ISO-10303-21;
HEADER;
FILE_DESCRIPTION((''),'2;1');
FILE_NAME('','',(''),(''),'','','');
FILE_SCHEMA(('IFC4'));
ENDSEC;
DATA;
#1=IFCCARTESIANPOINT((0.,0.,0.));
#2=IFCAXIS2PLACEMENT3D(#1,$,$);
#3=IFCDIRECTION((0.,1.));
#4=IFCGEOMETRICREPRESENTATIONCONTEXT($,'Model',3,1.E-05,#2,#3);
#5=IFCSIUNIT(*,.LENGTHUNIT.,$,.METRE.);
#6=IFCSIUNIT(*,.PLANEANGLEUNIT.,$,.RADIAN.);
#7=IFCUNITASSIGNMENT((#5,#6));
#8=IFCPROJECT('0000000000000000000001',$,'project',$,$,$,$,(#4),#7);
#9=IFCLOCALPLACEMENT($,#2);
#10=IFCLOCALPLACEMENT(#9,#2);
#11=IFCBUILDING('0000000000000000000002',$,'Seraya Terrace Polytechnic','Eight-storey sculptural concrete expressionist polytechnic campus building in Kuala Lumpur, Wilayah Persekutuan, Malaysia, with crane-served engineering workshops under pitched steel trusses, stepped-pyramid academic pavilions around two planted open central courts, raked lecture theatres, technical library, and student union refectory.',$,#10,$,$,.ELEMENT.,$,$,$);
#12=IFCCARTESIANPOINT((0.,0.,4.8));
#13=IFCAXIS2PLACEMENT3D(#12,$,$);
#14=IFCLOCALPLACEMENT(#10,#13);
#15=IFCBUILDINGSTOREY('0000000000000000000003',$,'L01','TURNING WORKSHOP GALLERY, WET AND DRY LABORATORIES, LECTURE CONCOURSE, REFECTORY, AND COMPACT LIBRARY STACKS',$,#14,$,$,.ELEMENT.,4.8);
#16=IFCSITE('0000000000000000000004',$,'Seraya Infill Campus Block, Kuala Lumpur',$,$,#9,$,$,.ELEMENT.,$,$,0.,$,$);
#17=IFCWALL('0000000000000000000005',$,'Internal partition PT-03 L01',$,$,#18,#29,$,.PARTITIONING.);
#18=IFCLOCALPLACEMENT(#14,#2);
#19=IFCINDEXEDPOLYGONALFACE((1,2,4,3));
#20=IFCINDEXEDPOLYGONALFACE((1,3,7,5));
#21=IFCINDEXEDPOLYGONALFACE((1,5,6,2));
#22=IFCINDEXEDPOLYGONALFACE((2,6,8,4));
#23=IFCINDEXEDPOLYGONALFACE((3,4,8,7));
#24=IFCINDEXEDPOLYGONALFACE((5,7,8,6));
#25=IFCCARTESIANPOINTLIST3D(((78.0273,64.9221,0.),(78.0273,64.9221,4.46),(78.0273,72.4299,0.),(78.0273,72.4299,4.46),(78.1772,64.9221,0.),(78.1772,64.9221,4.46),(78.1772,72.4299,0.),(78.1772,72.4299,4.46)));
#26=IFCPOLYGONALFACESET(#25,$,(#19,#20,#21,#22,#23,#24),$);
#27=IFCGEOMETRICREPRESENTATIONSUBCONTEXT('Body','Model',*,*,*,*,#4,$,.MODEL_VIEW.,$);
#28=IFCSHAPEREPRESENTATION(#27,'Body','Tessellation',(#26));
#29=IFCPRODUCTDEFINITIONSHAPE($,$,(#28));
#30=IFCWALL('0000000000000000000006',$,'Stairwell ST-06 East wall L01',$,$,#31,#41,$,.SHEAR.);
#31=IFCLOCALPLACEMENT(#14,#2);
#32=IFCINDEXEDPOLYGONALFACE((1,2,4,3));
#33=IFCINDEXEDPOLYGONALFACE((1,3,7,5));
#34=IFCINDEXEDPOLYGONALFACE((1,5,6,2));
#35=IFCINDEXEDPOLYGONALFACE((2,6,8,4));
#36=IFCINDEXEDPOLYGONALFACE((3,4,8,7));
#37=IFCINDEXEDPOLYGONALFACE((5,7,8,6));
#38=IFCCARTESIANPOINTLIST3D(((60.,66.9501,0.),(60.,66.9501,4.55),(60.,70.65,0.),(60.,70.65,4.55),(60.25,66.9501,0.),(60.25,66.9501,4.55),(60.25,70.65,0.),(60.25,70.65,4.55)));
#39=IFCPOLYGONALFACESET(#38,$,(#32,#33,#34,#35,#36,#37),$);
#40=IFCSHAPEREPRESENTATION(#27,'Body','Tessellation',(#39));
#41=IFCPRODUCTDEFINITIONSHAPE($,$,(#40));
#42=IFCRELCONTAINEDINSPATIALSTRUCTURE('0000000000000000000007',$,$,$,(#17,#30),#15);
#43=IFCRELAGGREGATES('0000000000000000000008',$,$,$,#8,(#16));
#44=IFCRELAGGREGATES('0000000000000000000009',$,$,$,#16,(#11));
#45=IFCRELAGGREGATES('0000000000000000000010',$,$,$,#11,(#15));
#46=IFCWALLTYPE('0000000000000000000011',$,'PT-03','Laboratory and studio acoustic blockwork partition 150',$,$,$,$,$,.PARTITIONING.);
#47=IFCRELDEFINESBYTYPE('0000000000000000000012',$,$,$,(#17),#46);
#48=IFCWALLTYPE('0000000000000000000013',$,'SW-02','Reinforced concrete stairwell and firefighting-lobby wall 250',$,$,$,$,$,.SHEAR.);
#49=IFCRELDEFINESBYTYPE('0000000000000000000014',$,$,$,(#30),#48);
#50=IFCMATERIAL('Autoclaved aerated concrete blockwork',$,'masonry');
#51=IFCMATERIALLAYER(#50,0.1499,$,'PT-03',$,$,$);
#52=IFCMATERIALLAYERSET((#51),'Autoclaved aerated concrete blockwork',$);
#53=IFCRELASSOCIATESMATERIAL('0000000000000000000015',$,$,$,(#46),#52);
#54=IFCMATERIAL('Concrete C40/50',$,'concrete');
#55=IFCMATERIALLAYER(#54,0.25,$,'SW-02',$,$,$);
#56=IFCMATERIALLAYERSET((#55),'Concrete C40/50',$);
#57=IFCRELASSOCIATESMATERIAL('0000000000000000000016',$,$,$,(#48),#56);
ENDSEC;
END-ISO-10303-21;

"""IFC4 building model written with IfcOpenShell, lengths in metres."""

from ifc_helpers import new_model, si_unit, direction, frame, frame_2d, origin, place, context, subcontext, project, spatial, rectangle, extrude, material, layer, layer_set, type_object, element, save


model = new_model("IFC4")

# Units and contexts
model_context = context("Model", 3, precision=1e-05, world=origin(), true_north=direction((0.0, 1.0)))
body_context = subcontext(model_context, "Body", "Model", "MODEL_VIEW")
ifc_project = project(units=[si_unit("LENGTHUNIT", "METRE"), si_unit("PLANEANGLEUNIT", "RADIAN")], contexts=[model_context])

# Site, building, storey
site_placement = place(None, origin())
site = spatial("IfcSite", under=ifc_project, at=site_placement, Name="Seraya Infill Campus Block, Kuala Lumpur", CompositionType="ELEMENT", RefElevation=0.0)
building_placement = place(site_placement, origin())
building = spatial("IfcBuilding", under=site, at=building_placement, Name="Seraya Terrace Polytechnic", Description="Eight-storey sculptural concrete expressionist polytechnic campus building in Kuala Lumpur, Wilayah Persekutuan, Malaysia, with crane-served engineering workshops under pitched steel trusses, stepped-pyramid academic pavilions around two planted open central courts, raked lecture theatres, technical library, and student union refectory.", CompositionType="ELEMENT")
storey_placement = place(building_placement, frame((0.0, 0.0, 4.8)))
storey = spatial("IfcBuildingStorey", under=building, at=storey_placement, Name="L01", Description="TURNING WORKSHOP GALLERY, WET AND DRY LABORATORIES, LECTURE CONCOURSE, REFECTORY, AND COMPACT LIBRARY STACKS", CompositionType="ELEMENT", Elevation=4.8)

# Shared definitions
ifc_material_1 = material(Name="Concrete C40/50", Category="concrete")

# Walls
ifc_material_2 = material(Name="Autoclaved aerated concrete blockwork", Category="masonry")
ifc_layer_1 = layer(ifc_material_2, 0.1499, Name="PT-03")
ifc_layer_set_1 = layer_set([ifc_layer_1], Name="Autoclaved aerated concrete blockwork")
wall_type_1 = type_object("IfcWallType", Name="PT-03", Description="Laboratory and studio acoustic blockwork partition 150", PredefinedType="PARTITIONING", material=ifc_layer_set_1)
wall_1_placement = place(storey_placement, frame((78.1023, 64.9221, 0.0), z_axis=(0.0, 0.0, 1.0), x_axis=(0.0, 1.0, 0.0)))
element("IfcWall", 1, at=wall_1_placement, inside=storey, type_object=wall_type_1, Name="Internal partition PT-03 L01", PredefinedType="PARTITIONING", context=body_context, shape_type="SweptSolid", body=[
    extrude(rectangle(XDim=7.5078, YDim=0.1499, at=frame_2d((3.7539, 0.0))), origin(), (0.0, 0.0, 1.0), 4.46),
])
ifc_layer_2 = layer(ifc_material_1, 0.25, Name="SW-02")
ifc_layer_set_2 = layer_set([ifc_layer_2], Name="Concrete C40/50")
wall_type_2 = type_object("IfcWallType", Name="SW-02", Description="Reinforced concrete stairwell and firefighting-lobby wall 250", PredefinedType="SHEAR", material=ifc_layer_set_2)
wall_2_placement = place(storey_placement, frame((60.125, 66.95, 0.0), z_axis=(0.0, 0.0, 1.0), x_axis=(0.0, 1.0, 0.0)))
element("IfcWall", 2, at=wall_2_placement, inside=storey, type_object=wall_type_2, Name="Stairwell ST-06 East wall L01", PredefinedType="SHEAR", context=body_context, shape_type="SweptSolid", body=[
    extrude(rectangle(XDim=3.7, YDim=0.25, at=frame_2d((1.8501, 0.0))), origin(), (0.0, 0.0, 1.0), 4.55),
])

save(model, "model.ifc")
